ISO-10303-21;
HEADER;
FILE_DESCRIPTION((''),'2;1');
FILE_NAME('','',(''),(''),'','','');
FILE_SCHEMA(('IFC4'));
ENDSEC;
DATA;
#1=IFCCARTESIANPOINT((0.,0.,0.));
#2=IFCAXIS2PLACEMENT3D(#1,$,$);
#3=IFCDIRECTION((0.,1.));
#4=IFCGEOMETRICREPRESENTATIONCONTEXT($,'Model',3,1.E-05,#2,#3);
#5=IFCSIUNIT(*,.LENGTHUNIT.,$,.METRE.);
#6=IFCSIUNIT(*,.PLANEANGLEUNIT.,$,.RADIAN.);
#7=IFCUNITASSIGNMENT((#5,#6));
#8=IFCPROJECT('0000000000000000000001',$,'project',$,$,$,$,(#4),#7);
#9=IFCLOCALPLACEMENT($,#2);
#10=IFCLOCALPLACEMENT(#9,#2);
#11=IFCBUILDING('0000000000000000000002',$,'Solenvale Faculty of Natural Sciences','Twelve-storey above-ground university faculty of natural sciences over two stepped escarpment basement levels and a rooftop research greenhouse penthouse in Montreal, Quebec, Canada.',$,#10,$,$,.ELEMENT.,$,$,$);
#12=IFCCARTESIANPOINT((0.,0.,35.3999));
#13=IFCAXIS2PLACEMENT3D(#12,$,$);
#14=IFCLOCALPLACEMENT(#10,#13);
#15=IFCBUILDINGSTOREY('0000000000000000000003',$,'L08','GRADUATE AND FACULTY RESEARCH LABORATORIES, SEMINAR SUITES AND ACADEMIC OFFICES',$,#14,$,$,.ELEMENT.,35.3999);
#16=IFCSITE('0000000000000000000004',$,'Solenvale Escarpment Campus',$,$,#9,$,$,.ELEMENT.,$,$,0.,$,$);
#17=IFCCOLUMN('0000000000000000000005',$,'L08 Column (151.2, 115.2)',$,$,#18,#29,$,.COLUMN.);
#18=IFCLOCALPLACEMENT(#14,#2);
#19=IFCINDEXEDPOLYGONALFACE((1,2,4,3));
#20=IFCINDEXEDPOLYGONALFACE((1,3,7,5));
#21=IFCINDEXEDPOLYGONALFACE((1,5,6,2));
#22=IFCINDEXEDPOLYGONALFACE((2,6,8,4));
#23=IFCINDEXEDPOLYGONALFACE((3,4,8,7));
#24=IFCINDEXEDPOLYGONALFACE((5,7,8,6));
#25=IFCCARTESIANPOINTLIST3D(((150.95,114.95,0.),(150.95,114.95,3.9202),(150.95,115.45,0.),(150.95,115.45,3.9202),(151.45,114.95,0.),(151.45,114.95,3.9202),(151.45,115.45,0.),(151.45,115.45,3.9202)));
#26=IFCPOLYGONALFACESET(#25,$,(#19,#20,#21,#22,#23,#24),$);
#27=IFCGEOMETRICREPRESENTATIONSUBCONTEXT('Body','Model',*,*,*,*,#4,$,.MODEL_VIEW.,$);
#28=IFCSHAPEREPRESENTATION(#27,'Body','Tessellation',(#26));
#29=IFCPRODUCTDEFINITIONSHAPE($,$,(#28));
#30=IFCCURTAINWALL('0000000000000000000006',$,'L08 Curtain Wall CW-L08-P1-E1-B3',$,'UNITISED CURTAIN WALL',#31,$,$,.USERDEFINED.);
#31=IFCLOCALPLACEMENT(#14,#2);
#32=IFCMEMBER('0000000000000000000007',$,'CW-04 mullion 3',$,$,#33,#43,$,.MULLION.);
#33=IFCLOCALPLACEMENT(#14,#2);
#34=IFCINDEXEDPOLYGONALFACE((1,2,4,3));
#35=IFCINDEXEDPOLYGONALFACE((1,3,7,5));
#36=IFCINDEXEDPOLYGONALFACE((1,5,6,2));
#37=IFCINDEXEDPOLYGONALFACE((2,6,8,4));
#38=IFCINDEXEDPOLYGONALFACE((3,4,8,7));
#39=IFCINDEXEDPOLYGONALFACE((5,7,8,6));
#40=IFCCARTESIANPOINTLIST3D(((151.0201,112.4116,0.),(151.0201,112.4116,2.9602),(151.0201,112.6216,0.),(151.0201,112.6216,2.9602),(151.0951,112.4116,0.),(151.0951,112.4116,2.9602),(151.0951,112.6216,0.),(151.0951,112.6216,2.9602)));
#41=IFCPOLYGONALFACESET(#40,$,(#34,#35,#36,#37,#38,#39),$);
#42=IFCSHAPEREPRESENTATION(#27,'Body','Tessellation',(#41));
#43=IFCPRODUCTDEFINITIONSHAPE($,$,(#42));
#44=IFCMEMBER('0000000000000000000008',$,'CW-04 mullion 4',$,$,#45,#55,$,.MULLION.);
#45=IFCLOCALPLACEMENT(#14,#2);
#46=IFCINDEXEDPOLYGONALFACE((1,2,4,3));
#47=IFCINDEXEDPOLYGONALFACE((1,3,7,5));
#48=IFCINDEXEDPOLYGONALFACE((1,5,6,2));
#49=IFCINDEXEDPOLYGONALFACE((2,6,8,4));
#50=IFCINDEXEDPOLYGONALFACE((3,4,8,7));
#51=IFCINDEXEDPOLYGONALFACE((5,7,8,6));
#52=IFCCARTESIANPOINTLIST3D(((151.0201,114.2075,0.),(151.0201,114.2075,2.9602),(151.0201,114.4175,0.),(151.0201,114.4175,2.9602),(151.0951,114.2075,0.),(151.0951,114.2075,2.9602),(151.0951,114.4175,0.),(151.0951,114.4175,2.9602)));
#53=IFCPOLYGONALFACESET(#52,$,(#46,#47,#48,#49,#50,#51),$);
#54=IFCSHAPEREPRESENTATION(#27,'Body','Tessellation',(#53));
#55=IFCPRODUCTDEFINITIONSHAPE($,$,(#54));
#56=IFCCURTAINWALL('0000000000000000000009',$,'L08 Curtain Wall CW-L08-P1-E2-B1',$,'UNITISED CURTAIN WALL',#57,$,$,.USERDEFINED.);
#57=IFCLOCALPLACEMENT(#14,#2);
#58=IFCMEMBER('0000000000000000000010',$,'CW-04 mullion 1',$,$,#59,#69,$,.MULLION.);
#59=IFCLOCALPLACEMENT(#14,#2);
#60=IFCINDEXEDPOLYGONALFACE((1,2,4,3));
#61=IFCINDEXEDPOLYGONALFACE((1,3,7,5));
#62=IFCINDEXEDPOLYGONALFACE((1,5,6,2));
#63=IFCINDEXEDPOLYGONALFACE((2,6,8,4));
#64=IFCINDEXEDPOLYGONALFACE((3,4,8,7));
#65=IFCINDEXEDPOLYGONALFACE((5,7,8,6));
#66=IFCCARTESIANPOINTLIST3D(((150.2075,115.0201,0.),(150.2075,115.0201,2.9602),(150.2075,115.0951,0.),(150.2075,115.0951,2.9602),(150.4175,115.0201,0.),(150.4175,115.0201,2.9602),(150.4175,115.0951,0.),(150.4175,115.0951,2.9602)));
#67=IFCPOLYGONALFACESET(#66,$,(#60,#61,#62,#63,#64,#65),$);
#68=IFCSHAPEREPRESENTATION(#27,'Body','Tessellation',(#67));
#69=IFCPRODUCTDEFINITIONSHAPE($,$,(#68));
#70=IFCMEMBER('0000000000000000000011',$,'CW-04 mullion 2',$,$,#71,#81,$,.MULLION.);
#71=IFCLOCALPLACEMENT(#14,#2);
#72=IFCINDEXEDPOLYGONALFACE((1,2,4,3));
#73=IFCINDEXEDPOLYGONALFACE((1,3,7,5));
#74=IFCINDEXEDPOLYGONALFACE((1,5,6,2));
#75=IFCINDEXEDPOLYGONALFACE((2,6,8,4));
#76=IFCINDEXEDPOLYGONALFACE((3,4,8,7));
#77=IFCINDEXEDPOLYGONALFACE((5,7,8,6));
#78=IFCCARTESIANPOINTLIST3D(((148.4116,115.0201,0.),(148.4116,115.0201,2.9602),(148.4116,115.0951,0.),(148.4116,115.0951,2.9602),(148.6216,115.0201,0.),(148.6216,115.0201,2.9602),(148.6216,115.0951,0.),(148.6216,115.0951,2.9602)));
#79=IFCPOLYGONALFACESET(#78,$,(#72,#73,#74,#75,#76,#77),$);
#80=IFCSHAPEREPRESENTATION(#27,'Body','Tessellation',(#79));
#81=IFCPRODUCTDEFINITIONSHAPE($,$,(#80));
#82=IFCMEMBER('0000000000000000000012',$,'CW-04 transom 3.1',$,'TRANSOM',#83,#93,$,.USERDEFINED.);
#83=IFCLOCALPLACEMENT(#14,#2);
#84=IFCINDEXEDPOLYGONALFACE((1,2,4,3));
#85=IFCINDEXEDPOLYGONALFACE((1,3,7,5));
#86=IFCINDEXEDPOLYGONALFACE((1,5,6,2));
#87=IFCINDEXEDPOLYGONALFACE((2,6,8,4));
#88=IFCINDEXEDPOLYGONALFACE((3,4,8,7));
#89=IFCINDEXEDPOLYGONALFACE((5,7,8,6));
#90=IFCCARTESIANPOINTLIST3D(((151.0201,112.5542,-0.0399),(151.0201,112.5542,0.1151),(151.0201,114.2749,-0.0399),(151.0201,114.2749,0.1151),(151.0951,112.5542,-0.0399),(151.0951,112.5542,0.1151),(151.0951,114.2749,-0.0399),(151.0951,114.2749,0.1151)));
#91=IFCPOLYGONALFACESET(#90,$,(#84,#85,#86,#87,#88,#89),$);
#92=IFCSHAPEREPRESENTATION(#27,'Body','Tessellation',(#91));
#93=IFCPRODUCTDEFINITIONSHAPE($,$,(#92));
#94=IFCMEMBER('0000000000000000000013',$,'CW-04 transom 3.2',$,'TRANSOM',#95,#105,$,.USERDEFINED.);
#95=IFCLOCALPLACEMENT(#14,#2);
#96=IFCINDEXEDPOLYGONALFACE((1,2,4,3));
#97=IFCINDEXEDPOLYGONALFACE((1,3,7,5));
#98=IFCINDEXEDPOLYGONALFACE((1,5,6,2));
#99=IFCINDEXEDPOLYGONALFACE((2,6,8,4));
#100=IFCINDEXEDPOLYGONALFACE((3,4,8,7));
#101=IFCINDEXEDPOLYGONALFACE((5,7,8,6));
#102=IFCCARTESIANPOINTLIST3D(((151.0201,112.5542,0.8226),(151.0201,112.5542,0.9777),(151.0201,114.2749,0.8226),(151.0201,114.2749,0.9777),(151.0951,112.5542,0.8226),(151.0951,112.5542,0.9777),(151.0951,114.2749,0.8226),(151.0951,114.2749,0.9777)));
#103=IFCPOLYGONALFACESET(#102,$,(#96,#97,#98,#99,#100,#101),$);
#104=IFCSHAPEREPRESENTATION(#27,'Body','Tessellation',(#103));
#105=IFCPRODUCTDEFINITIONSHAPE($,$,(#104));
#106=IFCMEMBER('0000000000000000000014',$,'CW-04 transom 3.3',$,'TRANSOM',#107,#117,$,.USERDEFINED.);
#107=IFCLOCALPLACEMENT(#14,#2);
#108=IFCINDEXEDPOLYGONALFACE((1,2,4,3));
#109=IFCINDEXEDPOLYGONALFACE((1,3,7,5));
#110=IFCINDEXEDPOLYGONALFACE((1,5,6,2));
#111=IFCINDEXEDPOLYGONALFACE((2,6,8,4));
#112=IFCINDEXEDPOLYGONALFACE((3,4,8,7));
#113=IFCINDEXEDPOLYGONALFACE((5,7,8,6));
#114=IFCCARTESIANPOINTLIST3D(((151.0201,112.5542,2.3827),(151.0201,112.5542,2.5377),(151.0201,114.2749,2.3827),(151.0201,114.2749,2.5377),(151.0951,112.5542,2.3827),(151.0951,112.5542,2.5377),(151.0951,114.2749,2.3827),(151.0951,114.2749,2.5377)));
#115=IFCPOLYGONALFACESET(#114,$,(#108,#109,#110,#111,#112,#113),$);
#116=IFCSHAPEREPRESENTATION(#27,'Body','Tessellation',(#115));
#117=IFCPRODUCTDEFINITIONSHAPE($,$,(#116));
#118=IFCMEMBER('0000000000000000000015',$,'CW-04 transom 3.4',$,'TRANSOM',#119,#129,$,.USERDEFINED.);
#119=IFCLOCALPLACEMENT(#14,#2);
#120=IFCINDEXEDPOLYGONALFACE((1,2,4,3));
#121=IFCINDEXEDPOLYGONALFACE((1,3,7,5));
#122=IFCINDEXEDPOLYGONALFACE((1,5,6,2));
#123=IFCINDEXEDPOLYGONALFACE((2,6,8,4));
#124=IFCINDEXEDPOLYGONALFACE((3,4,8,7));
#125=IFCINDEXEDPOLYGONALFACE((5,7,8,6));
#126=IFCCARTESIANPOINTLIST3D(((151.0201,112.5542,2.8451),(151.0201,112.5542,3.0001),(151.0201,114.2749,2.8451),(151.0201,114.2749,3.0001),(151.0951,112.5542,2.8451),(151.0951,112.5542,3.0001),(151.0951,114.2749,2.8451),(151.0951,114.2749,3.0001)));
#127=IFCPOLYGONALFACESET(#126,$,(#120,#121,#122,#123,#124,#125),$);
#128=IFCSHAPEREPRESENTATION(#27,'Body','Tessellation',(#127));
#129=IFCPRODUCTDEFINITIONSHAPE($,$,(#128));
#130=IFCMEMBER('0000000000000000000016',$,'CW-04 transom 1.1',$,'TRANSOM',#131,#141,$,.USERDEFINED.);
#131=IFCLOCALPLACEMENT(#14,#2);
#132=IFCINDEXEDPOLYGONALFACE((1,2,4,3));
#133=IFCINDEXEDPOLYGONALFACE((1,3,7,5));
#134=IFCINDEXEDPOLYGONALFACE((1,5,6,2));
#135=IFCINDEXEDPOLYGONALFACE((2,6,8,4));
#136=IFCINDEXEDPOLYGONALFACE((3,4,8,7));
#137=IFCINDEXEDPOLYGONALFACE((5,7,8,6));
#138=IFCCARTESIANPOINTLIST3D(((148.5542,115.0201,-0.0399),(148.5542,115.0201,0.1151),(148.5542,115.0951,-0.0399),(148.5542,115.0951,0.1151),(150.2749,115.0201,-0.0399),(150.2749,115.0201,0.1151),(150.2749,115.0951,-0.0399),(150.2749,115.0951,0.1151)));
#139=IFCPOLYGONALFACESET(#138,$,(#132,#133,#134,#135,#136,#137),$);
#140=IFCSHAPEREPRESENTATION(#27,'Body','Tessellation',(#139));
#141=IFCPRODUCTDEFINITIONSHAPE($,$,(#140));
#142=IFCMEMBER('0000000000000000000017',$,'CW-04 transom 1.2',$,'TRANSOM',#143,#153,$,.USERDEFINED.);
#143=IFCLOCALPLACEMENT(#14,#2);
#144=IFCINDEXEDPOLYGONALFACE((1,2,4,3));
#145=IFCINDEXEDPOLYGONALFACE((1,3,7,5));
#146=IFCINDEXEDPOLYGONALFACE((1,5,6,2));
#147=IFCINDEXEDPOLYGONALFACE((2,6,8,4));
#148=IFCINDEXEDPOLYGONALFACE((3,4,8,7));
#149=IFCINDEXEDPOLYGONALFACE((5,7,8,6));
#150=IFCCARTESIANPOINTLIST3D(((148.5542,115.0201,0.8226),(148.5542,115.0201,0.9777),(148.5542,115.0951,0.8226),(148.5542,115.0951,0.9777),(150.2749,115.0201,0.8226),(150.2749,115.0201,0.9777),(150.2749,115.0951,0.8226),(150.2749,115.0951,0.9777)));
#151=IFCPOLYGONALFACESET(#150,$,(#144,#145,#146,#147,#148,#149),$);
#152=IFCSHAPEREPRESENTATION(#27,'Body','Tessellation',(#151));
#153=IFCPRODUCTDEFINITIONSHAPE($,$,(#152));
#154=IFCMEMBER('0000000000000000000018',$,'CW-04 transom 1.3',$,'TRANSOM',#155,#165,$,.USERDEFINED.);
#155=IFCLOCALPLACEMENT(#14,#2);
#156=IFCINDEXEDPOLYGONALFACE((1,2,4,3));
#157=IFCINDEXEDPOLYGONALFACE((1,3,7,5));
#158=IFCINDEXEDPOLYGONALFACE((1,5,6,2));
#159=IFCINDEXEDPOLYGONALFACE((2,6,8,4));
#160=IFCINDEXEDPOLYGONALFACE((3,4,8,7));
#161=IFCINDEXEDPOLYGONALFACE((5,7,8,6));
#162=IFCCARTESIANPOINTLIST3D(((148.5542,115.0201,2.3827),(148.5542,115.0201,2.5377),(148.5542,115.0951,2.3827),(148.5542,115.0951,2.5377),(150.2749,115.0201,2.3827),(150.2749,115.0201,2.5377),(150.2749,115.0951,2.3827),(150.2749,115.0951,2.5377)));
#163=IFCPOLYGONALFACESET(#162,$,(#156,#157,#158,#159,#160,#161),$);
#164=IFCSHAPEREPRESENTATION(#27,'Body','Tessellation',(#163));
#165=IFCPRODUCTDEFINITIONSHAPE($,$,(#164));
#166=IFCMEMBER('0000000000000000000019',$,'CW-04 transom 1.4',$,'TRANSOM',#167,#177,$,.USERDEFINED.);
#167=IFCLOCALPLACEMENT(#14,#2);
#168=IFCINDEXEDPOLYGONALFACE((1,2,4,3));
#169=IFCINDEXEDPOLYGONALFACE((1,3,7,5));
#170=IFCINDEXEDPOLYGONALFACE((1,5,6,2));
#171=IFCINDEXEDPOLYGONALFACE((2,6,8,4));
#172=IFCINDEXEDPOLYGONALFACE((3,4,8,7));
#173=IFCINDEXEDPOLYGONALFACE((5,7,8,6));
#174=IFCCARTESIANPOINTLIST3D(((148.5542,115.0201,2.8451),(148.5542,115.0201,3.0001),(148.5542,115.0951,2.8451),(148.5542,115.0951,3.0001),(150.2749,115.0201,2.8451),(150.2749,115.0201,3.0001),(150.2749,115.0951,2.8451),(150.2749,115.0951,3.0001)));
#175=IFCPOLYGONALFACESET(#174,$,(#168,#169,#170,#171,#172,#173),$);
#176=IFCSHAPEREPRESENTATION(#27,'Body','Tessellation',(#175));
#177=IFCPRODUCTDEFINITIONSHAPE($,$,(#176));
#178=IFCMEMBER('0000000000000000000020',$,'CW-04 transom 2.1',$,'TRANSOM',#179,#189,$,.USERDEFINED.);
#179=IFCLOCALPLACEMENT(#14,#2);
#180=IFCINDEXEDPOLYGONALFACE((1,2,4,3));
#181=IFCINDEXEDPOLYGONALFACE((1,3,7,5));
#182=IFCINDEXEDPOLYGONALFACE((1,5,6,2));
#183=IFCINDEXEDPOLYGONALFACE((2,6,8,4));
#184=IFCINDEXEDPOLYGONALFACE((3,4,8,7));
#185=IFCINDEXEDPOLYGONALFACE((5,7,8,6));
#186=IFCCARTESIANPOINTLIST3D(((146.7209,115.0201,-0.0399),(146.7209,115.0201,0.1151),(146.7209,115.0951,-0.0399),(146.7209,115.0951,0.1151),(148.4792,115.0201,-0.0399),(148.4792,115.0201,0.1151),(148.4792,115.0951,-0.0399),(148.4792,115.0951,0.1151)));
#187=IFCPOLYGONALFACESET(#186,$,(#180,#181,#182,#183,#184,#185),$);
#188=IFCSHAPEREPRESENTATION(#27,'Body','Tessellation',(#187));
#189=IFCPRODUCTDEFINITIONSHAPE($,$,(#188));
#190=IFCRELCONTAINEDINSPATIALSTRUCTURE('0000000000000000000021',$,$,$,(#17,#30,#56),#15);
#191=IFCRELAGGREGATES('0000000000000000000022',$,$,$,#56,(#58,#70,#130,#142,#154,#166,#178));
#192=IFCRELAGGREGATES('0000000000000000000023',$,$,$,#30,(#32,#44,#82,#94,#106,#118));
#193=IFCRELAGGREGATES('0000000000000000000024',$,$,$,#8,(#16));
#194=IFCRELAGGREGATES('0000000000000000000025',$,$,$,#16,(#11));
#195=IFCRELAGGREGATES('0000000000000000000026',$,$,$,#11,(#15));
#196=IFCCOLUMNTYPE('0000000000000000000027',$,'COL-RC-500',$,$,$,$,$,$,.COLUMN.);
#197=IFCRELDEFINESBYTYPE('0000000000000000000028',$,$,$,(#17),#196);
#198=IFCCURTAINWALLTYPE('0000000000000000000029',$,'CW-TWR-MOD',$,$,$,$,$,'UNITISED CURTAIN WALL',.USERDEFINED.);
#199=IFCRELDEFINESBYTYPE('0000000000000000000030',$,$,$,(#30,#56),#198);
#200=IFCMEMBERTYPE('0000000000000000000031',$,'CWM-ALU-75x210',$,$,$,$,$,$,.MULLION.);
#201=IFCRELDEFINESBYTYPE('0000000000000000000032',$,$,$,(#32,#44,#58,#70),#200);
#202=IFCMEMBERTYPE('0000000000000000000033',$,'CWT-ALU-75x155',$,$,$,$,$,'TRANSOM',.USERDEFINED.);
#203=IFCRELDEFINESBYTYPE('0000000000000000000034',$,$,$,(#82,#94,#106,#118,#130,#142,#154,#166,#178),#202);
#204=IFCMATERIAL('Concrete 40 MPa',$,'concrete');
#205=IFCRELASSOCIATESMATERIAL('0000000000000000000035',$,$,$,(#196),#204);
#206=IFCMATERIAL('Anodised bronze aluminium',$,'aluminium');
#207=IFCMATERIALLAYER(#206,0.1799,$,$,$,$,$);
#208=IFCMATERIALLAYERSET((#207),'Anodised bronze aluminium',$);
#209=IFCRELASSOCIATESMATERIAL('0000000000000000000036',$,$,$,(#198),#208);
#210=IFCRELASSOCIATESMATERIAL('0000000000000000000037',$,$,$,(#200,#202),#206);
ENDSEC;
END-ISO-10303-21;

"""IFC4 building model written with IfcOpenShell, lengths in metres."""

from ifc_helpers import new_model, si_unit, direction, frame, origin, origin_2d, place, context, subcontext, project, spatial, rectangle, extrude, material, layer, layer_set, material_profile, profile_set, type_object, element, aggregate, save


model = new_model("IFC4")

# Units and contexts
model_context = context("Model", 3, precision=1e-05, world=origin(), true_north=direction((0.0, 1.0)))
body_context = subcontext(model_context, "Body", "Model", "MODEL_VIEW")
ifc_project = project(units=[si_unit("LENGTHUNIT", "METRE"), si_unit("PLANEANGLEUNIT", "RADIAN")], contexts=[model_context])

# Site, building, storey
site_placement = place(None, origin())
site = spatial("IfcSite", under=ifc_project, at=site_placement, Name="Solenvale Escarpment Campus", CompositionType="ELEMENT", RefElevation=0.0)
building_placement = place(site_placement, origin())
building = spatial("IfcBuilding", under=site, at=building_placement, Name="Solenvale Faculty of Natural Sciences", Description="Twelve-storey above-ground university faculty of natural sciences over two stepped escarpment basement levels and a rooftop research greenhouse penthouse in Montreal, Quebec, Canada.", CompositionType="ELEMENT")
storey_placement = place(building_placement, frame((0.0, 0.0, 35.3999)))
storey = spatial("IfcBuildingStorey", under=building, at=storey_placement, Name="L08", Description="GRADUATE AND FACULTY RESEARCH LABORATORIES, SEMINAR SUITES AND ACADEMIC OFFICES", CompositionType="ELEMENT", Elevation=35.3999)

# Column
ifc_material_1 = material(Name="Concrete 40 MPa", Category="concrete")
ifc_material_profile_1 = material_profile(ifc_material_1, rectangle(XDim=0.5, YDim=0.5, at=origin_2d()), Name="RC-COL-500x500")
ifc_profile_set_1 = profile_set([ifc_material_profile_1], Name="Concrete 40 MPa")
column_type = type_object("IfcColumnType", Name="COL-RC-500", PredefinedType="COLUMN", material=ifc_profile_set_1)
column_placement = place(storey_placement, frame((151.2, 115.2, 0.0), z_axis=(0.0, 0.0, 1.0), x_axis=(1.0, 0.0, 0.0)))
element("IfcColumn", 1, at=column_placement, inside=storey, type_object=column_type, Name="L08 Column (151.2, 115.2)", PredefinedType="COLUMN", context=body_context, shape_type="SweptSolid", body=[
    extrude(rectangle(XDim=0.5, YDim=0.5, at=origin_2d()), origin(), (0.0, 0.0, 1.0), 3.9202),
])

# Curtain walls, members
ifc_material_2 = material(Name="Anodised bronze aluminium", Category="aluminium")
ifc_layer_1 = layer(ifc_material_2, 0.1799)
ifc_layer_set_1 = layer_set([ifc_layer_1], Name="Anodised bronze aluminium")
curtain_wall_type = type_object("IfcCurtainWallType", Name="CW-TWR-MOD", ElementType="UNITISED CURTAIN WALL", PredefinedType="USERDEFINED", material=ifc_layer_set_1)
curtain_wall_1_placement = place(storey_placement, origin())
curtain_wall_1 = element("IfcCurtainWall", 2, at=curtain_wall_1_placement, inside=storey, type_object=curtain_wall_type, Name="L08 Curtain Wall CW-L08-P1-E1-B3", ObjectType="UNITISED CURTAIN WALL", PredefinedType="USERDEFINED")
ifc_material_profile_2 = material_profile(ifc_material_2, rectangle(XDim=0.075, YDim=0.21, at=origin_2d()), Name="ALU-MUL-75x210")
ifc_profile_set_2 = profile_set([ifc_material_profile_2], Name="Anodised bronze aluminium")
member_type_1 = type_object("IfcMemberType", Name="CWM-ALU-75x210", PredefinedType="MULLION", material=ifc_profile_set_2)
member_1_placement = place(storey_placement, frame((151.0576, 112.5166, 0.0), z_axis=(0.0, 0.0, 1.0), x_axis=(-1.0, 0.0, 0.0)))
member_1 = element("IfcMember", 3, at=member_1_placement, type_object=member_type_1, Name="CW-04 mullion 3", PredefinedType="MULLION", context=body_context, shape_type="SweptSolid", body=[
    extrude(rectangle(XDim=0.075, YDim=0.21, at=origin_2d()), origin(), (0.0, 0.0, 1.0), 2.9602),
])
member_2_placement = place(storey_placement, frame((151.0576, 114.3125, 0.0), z_axis=(0.0, 0.0, 1.0), x_axis=(-1.0, 0.0, 0.0)))
member_2 = element("IfcMember", 4, at=member_2_placement, type_object=member_type_1, Name="CW-04 mullion 4", PredefinedType="MULLION", context=body_context, shape_type="SweptSolid", body=[
    extrude(rectangle(XDim=0.075, YDim=0.21, at=origin_2d()), origin(), (0.0, 0.0, 1.0), 2.9602),
])
curtain_wall_2_placement = place(storey_placement, origin())
curtain_wall_2 = element("IfcCurtainWall", 5, at=curtain_wall_2_placement, inside=storey, type_object=curtain_wall_type, Name="L08 Curtain Wall CW-L08-P1-E2-B1", ObjectType="UNITISED CURTAIN WALL", PredefinedType="USERDEFINED")
member_3_placement = place(storey_placement, frame((150.3125, 115.0576, 0.0), z_axis=(0.0, 0.0, 1.0), x_axis=(0.0, -1.0, 0.0)))
member_3 = element("IfcMember", 6, at=member_3_placement, type_object=member_type_1, Name="CW-04 mullion 1", PredefinedType="MULLION", context=body_context, shape_type="SweptSolid", body=[
    extrude(rectangle(XDim=0.075, YDim=0.21, at=origin_2d()), origin(), (0.0, 0.0, 1.0), 2.9602),
])
member_4_placement = place(storey_placement, frame((148.5166, 115.0576, 0.0), z_axis=(0.0, 0.0, 1.0), x_axis=(0.0, -1.0, 0.0)))
member_4 = element("IfcMember", 7, at=member_4_placement, type_object=member_type_1, Name="CW-04 mullion 2", PredefinedType="MULLION", context=body_context, shape_type="SweptSolid", body=[
    extrude(rectangle(XDim=0.075, YDim=0.21, at=origin_2d()), origin(), (0.0, 0.0, 1.0), 2.9602),
])

# Members
ifc_material_profile_3 = material_profile(ifc_material_2, rectangle(XDim=0.075, YDim=0.155, at=origin_2d()), Name="ALU-TRN-75x155")
ifc_profile_set_3 = profile_set([ifc_material_profile_3], Name="Anodised bronze aluminium")
member_type_2 = type_object("IfcMemberType", Name="CWT-ALU-75x155", ElementType="TRANSOM", PredefinedType="USERDEFINED", material=ifc_profile_set_3)
member_5_placement = place(storey_placement, frame((151.0576, 112.5542, 0.0376), z_axis=(0.0, 1.0, 0.0), x_axis=(-1.0, 0.0, 0.0)))
member_5 = element("IfcMember", 8, at=member_5_placement, type_object=member_type_2, Name="CW-04 transom 3.1", ObjectType="TRANSOM", PredefinedType="USERDEFINED", context=body_context, shape_type="SweptSolid", body=[
    extrude(rectangle(XDim=0.075, YDim=0.155, at=origin_2d()), origin(), (0.0, 0.0, 1.0), 1.7207),
])
member_6_placement = place(storey_placement, frame((151.0576, 112.5542, 0.9001), z_axis=(0.0, 1.0, 0.0), x_axis=(-1.0, 0.0, 0.0)))
member_6 = element("IfcMember", 9, at=member_6_placement, type_object=member_type_2, Name="CW-04 transom 3.2", ObjectType="TRANSOM", PredefinedType="USERDEFINED", context=body_context, shape_type="SweptSolid", body=[
    extrude(rectangle(XDim=0.075, YDim=0.155, at=origin_2d()), origin(), (0.0, 0.0, 1.0), 1.7207),
])
member_7_placement = place(storey_placement, frame((151.0576, 112.5542, 2.4602), z_axis=(0.0, 1.0, 0.0), x_axis=(-1.0, 0.0, 0.0)))
member_7 = element("IfcMember", 10, at=member_7_placement, type_object=member_type_2, Name="CW-04 transom 3.3", ObjectType="TRANSOM", PredefinedType="USERDEFINED", context=body_context, shape_type="SweptSolid", body=[
    extrude(rectangle(XDim=0.075, YDim=0.155, at=origin_2d()), origin(), (0.0, 0.0, 1.0), 1.7207),
])
member_8_placement = place(storey_placement, frame((151.0576, 112.5542, 2.9226), z_axis=(0.0, 1.0, 0.0), x_axis=(-1.0, 0.0, 0.0)))
member_8 = element("IfcMember", 11, at=member_8_placement, type_object=member_type_2, Name="CW-04 transom 3.4", ObjectType="TRANSOM", PredefinedType="USERDEFINED", context=body_context, shape_type="SweptSolid", body=[
    extrude(rectangle(XDim=0.075, YDim=0.155, at=origin_2d()), origin(), (0.0, 0.0, 1.0), 1.7207),
])
member_9_placement = place(storey_placement, frame((150.2749, 115.0576, 0.0376), z_axis=(-1.0, 0.0, 0.0), x_axis=(0.0, -1.0, 0.0)))
member_9 = element("IfcMember", 12, at=member_9_placement, type_object=member_type_2, Name="CW-04 transom 1.1", ObjectType="TRANSOM", PredefinedType="USERDEFINED", context=body_context, shape_type="SweptSolid", body=[
    extrude(rectangle(XDim=0.075, YDim=0.155, at=origin_2d()), origin(), (0.0, 0.0, 1.0), 1.7207),
])
member_10_placement = place(storey_placement, frame((150.2749, 115.0576, 0.9001), z_axis=(-1.0, 0.0, 0.0), x_axis=(0.0, -1.0, 0.0)))
member_10 = element("IfcMember", 13, at=member_10_placement, type_object=member_type_2, Name="CW-04 transom 1.2", ObjectType="TRANSOM", PredefinedType="USERDEFINED", context=body_context, shape_type="SweptSolid", body=[
    extrude(rectangle(XDim=0.075, YDim=0.155, at=origin_2d()), origin(), (0.0, 0.0, 1.0), 1.7207),
])
member_11_placement = place(storey_placement, frame((150.2749, 115.0576, 2.4602), z_axis=(-1.0, 0.0, 0.0), x_axis=(0.0, -1.0, 0.0)))
member_11 = element("IfcMember", 14, at=member_11_placement, type_object=member_type_2, Name="CW-04 transom 1.3", ObjectType="TRANSOM", PredefinedType="USERDEFINED", context=body_context, shape_type="SweptSolid", body=[
    extrude(rectangle(XDim=0.075, YDim=0.155, at=origin_2d()), origin(), (0.0, 0.0, 1.0), 1.7207),
])
member_12_placement = place(storey_placement, frame((150.2749, 115.0576, 2.9226), z_axis=(-1.0, 0.0, 0.0), x_axis=(0.0, -1.0, 0.0)))
member_12 = element("IfcMember", 15, at=member_12_placement, type_object=member_type_2, Name="CW-04 transom 1.4", ObjectType="TRANSOM", PredefinedType="USERDEFINED", context=body_context, shape_type="SweptSolid", body=[
    extrude(rectangle(XDim=0.075, YDim=0.155, at=origin_2d()), origin(), (0.0, 0.0, 1.0), 1.7207),
])
member_13_placement = place(storey_placement, frame((148.4792, 115.0576, 0.0376), z_axis=(-1.0, 0.0, 0.0), x_axis=(0.0, -1.0, 0.0)))
member_13 = element("IfcMember", 16, at=member_13_placement, type_object=member_type_2, Name="CW-04 transom 2.1", ObjectType="TRANSOM", PredefinedType="USERDEFINED", context=body_context, shape_type="SweptSolid", body=[
    extrude(rectangle(XDim=0.075, YDim=0.155, at=origin_2d()), origin(), (0.0, 0.0, 1.0), 1.7583),
])

aggregate(curtain_wall_2, [member_3, member_4, member_9, member_10, member_11, member_12, member_13])
aggregate(curtain_wall_1, [member_1, member_2, member_5, member_6, member_7, member_8])

save(model, "model.ifc")
